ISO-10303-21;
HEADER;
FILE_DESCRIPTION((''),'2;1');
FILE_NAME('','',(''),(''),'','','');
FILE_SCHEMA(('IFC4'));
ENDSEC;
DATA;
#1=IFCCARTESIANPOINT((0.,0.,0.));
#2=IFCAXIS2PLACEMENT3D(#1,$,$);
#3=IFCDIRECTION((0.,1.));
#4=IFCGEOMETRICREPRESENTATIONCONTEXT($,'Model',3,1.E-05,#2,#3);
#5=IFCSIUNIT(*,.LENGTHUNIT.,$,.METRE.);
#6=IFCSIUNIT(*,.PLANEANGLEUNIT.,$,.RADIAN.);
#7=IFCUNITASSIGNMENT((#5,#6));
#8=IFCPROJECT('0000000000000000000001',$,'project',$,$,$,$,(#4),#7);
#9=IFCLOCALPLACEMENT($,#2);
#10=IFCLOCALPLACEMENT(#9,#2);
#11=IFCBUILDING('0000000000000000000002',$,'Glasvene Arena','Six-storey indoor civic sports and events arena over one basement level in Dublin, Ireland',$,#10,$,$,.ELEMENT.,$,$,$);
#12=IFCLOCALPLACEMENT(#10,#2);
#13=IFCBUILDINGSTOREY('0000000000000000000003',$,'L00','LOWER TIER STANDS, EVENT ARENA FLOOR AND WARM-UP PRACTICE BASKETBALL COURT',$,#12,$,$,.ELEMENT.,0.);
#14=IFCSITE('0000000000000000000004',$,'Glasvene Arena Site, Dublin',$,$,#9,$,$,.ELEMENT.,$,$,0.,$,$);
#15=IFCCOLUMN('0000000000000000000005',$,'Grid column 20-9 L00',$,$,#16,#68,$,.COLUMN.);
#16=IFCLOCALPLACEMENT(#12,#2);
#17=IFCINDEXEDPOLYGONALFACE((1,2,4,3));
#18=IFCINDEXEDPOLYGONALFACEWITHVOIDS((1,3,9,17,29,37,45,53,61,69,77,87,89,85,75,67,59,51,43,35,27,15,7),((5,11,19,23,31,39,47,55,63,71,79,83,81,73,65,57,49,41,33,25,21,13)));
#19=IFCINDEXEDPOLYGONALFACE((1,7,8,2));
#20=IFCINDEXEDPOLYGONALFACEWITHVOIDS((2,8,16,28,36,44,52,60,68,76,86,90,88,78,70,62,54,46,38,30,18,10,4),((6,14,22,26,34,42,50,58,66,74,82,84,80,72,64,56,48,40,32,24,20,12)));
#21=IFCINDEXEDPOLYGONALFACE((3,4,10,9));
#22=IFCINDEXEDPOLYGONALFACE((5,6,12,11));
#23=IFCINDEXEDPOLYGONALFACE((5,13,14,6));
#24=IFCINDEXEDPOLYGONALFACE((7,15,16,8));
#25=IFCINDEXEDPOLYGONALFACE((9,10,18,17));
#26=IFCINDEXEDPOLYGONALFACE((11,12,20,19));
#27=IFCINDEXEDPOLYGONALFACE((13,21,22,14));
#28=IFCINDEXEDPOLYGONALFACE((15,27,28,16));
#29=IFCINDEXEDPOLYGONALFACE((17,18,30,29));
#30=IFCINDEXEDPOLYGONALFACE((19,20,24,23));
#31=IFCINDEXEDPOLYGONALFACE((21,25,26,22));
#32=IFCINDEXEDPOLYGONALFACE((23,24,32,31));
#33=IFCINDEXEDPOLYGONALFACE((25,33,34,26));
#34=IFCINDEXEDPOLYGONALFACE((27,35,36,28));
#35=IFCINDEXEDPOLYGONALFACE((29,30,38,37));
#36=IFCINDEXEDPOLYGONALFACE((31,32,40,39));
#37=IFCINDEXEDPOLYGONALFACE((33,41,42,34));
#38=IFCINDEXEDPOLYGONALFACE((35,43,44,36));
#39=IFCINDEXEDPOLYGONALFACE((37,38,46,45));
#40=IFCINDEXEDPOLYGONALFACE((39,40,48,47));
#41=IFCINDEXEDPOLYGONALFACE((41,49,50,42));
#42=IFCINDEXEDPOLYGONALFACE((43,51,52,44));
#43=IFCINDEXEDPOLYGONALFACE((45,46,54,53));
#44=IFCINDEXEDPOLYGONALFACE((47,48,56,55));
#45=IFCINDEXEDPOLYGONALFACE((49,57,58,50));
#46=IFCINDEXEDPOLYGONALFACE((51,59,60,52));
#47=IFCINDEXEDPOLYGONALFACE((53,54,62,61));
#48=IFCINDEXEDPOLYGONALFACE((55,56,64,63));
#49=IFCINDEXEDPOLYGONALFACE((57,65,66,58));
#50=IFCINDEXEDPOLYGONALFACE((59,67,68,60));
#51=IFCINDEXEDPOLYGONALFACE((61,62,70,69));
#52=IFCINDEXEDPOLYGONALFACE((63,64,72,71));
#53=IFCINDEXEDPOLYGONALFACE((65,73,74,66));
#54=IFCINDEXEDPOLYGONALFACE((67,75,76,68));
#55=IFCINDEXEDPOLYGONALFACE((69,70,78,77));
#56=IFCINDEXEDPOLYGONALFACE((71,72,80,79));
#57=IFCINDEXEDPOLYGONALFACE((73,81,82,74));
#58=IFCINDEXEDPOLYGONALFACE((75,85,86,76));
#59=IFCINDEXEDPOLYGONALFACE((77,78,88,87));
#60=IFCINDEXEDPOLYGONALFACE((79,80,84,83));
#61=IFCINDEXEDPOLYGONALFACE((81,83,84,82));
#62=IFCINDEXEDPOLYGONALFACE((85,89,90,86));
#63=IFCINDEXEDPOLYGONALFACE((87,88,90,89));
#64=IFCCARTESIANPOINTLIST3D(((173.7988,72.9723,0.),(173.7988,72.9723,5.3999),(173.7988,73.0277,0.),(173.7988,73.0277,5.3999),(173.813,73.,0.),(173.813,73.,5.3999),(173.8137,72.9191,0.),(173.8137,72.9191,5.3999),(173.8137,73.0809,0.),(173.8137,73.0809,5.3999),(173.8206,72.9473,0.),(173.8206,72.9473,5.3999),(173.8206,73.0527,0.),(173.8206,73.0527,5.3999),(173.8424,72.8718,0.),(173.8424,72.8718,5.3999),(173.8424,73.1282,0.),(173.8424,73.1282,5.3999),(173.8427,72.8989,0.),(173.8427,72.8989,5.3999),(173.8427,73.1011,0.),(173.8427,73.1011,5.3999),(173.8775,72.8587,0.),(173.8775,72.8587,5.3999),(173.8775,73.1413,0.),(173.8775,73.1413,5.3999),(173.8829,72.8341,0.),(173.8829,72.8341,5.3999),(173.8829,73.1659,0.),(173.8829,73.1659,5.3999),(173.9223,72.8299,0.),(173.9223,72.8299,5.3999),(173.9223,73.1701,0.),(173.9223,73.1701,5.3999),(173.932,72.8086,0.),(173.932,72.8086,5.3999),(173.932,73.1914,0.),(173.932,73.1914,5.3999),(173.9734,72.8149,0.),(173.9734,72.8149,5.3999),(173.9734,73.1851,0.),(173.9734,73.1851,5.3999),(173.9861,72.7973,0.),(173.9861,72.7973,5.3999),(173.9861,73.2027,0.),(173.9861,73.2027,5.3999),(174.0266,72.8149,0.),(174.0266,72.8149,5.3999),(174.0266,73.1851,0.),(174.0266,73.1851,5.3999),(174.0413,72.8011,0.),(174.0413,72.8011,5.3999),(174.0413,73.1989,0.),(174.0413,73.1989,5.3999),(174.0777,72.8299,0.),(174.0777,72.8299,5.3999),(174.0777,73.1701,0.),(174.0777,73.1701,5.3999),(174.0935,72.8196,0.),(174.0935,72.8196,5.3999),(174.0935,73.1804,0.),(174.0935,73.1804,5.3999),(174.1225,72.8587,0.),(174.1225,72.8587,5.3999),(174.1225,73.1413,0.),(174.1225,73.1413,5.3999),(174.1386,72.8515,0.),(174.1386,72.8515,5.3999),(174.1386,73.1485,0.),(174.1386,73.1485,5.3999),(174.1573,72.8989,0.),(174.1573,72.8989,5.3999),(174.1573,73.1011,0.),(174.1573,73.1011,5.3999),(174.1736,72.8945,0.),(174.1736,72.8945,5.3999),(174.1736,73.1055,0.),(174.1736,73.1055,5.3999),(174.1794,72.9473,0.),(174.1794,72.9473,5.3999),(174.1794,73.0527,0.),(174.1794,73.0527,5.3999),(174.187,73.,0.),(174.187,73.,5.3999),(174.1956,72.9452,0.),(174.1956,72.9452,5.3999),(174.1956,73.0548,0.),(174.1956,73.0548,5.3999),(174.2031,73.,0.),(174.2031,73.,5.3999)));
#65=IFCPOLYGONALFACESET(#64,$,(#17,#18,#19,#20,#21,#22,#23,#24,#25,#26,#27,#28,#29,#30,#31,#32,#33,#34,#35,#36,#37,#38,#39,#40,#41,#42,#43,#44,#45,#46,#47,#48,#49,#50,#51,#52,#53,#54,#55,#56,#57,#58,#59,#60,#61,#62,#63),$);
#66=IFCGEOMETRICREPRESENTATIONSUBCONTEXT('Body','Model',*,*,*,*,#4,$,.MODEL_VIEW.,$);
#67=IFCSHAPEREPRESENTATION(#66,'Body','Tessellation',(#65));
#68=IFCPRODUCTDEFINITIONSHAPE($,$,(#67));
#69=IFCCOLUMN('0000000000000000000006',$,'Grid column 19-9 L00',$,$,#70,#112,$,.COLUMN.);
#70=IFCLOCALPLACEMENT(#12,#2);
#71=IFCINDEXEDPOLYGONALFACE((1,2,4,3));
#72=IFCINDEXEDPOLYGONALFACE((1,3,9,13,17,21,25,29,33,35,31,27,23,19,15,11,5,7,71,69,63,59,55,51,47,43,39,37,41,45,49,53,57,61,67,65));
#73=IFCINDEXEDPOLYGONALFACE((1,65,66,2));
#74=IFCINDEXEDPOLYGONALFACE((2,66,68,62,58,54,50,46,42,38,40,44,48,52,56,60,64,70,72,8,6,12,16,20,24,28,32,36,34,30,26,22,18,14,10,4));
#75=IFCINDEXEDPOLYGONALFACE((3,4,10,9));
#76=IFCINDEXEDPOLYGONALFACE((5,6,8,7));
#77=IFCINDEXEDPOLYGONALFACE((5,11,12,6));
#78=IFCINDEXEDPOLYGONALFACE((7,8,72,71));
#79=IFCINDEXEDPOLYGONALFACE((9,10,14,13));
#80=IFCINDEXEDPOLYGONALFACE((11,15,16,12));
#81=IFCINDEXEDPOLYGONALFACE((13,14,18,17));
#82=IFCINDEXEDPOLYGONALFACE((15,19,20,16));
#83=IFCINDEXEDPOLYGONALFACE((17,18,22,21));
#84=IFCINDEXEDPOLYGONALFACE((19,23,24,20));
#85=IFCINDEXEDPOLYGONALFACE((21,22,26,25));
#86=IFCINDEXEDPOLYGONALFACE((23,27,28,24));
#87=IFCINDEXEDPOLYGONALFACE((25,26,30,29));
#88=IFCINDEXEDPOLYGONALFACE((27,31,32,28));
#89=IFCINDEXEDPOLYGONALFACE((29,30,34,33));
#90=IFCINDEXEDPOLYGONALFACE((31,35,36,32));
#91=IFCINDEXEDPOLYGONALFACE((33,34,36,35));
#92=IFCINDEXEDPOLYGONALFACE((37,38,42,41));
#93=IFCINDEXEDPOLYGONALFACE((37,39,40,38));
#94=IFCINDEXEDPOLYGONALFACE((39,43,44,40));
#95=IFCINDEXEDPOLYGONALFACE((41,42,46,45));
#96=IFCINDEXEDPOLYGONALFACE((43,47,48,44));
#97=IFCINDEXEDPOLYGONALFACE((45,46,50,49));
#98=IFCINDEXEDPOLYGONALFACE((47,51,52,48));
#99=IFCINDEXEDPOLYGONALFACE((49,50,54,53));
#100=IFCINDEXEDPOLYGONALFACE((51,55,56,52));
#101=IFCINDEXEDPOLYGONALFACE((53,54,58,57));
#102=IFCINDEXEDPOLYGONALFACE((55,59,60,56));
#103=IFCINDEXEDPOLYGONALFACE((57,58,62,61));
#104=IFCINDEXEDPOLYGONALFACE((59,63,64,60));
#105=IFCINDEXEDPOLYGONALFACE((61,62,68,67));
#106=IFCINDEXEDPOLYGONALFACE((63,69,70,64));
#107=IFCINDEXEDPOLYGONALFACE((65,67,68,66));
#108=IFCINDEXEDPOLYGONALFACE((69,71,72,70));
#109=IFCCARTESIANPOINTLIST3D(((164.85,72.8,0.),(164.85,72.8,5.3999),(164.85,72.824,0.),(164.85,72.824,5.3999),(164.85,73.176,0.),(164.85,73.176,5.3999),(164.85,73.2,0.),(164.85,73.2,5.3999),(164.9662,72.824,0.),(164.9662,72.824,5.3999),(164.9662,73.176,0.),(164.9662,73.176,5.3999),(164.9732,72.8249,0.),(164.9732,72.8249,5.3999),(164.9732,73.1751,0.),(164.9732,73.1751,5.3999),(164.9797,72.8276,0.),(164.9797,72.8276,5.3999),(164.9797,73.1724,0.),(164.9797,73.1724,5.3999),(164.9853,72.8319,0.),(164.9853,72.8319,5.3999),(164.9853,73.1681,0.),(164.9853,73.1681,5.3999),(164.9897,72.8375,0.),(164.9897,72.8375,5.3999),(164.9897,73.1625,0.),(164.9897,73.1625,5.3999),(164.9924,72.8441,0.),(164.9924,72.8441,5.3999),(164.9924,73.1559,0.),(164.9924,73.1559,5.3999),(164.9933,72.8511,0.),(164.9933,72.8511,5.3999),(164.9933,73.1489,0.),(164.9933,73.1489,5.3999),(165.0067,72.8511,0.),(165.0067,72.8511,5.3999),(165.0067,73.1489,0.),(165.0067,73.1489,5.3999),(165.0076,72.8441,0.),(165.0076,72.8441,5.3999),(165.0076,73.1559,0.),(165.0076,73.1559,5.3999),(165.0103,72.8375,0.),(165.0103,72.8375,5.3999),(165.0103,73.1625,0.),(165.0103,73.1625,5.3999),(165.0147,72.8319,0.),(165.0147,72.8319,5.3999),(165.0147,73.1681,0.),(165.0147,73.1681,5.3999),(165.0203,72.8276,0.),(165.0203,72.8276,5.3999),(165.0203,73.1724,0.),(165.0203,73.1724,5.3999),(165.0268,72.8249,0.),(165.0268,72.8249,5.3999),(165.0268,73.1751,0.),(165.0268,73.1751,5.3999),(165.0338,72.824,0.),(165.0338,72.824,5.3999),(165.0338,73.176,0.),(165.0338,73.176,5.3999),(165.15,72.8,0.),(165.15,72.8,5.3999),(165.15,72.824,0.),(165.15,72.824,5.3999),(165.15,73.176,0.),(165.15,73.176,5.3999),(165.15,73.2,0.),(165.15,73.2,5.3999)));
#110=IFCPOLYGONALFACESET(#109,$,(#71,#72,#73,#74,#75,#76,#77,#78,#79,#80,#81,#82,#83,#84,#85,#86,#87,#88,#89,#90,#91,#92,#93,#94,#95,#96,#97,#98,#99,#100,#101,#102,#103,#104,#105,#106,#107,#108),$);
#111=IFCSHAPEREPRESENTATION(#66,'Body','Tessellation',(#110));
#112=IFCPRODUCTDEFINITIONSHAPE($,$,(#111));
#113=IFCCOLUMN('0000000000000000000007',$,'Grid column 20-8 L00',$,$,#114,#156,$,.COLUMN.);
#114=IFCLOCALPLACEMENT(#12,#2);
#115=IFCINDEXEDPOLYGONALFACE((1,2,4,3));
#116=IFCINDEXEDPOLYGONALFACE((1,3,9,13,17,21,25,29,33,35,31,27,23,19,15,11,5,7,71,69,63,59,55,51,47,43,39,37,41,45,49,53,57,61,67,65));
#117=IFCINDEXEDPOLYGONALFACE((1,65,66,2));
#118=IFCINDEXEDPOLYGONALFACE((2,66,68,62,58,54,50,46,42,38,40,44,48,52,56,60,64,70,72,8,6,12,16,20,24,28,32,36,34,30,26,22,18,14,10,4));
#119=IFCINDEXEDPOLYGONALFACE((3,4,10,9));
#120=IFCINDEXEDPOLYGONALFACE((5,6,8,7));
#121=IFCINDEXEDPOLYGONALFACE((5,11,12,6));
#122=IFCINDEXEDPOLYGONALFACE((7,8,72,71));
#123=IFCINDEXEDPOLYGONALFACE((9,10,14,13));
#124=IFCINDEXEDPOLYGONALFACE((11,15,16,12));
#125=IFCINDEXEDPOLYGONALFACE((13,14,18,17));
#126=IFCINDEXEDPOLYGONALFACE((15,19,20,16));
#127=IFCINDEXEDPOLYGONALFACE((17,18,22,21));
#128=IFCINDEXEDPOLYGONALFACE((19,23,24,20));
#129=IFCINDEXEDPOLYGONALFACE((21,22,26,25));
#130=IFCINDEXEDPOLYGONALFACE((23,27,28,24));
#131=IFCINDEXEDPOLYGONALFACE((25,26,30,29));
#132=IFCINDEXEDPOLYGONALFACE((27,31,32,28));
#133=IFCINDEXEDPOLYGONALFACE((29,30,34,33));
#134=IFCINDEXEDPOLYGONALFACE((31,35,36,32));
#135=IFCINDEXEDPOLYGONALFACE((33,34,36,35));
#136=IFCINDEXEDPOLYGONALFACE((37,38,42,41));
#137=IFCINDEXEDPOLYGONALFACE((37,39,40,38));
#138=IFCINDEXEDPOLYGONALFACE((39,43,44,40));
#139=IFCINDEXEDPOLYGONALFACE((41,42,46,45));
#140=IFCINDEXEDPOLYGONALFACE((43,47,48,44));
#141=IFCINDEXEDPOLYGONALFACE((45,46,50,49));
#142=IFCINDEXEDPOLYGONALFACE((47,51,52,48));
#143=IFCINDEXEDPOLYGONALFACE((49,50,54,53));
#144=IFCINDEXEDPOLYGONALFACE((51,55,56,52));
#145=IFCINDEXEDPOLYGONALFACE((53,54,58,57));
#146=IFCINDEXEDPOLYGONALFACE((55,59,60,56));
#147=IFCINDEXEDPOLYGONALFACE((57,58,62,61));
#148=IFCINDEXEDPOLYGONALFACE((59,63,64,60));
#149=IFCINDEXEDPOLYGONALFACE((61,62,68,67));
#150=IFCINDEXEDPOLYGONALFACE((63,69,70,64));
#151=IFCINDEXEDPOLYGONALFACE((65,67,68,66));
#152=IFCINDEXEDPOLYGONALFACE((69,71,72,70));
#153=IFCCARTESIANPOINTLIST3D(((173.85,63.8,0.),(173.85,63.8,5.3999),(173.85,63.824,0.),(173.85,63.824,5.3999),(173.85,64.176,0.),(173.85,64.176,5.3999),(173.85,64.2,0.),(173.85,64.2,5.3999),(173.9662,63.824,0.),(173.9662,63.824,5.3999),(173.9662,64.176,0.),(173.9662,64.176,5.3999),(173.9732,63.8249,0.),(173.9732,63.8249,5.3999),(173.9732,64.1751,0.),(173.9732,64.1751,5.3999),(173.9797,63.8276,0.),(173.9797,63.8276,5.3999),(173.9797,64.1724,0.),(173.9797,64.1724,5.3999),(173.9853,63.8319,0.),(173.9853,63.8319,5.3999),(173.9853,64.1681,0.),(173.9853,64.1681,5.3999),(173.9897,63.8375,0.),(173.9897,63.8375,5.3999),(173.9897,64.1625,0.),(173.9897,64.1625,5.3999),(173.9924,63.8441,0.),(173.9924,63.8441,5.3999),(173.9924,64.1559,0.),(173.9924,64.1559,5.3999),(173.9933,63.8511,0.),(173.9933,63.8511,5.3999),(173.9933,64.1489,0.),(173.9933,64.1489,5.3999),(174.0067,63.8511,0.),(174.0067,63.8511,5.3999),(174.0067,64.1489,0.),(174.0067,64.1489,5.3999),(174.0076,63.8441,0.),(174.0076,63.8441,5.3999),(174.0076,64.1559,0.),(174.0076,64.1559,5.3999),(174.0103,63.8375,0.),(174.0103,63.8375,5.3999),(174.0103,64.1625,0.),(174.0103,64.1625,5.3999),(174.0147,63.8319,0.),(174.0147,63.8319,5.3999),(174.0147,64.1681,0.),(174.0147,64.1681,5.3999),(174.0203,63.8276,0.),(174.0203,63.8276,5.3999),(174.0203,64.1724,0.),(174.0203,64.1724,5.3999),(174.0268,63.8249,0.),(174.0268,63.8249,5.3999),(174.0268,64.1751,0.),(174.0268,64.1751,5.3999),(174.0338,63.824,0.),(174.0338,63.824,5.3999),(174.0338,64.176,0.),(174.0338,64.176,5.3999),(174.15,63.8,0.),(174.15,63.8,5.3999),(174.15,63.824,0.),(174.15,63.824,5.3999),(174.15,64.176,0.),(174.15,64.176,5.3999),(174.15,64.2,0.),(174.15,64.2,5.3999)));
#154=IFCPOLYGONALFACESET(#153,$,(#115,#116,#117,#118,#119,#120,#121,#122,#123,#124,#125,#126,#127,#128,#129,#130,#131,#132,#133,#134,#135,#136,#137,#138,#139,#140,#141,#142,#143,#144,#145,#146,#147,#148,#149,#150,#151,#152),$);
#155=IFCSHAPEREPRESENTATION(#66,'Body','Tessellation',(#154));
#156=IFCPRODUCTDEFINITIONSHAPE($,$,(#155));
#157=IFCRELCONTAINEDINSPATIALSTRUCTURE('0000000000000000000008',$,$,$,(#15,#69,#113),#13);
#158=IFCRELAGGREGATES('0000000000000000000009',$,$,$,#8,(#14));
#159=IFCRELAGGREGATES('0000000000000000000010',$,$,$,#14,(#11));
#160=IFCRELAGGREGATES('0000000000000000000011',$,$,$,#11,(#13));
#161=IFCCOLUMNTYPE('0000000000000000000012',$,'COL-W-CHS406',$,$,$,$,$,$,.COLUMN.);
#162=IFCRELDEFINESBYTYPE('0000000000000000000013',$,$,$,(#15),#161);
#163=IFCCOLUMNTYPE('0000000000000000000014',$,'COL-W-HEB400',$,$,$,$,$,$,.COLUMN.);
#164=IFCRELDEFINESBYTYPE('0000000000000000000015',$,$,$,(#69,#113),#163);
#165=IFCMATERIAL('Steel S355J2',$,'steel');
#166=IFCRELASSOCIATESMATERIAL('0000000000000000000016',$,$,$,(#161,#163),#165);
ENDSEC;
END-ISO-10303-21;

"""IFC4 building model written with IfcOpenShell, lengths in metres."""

from ifc_helpers import new_model, si_unit, direction, frame, origin, origin_2d, place, context, subcontext, project, spatial, hollow_circle, i_section, extrude, material, material_profile, profile_set, type_object, element, save


model = new_model("IFC4")

# Units and contexts
model_context = context("Model", 3, precision=1e-05, world=origin(), true_north=direction((0.0, 1.0)))
body_context = subcontext(model_context, "Body", "Model", "MODEL_VIEW")
ifc_project = project(units=[si_unit("LENGTHUNIT", "METRE"), si_unit("PLANEANGLEUNIT", "RADIAN")], contexts=[model_context])

# Site, building, storey
site_placement = place(None, origin())
site = spatial("IfcSite", under=ifc_project, at=site_placement, Name="Glasvene Arena Site, Dublin", CompositionType="ELEMENT", RefElevation=0.0)
building_placement = place(site_placement, origin())
building = spatial("IfcBuilding", under=site, at=building_placement, Name="Glasvene Arena", Description="Six-storey indoor civic sports and events arena over one basement level in Dublin, Ireland", CompositionType="ELEMENT")
storey_placement = place(building_placement, origin())
storey = spatial("IfcBuildingStorey", under=building, at=storey_placement, Name="L00", Description="LOWER TIER STANDS, EVENT ARENA FLOOR AND WARM-UP PRACTICE BASKETBALL COURT", CompositionType="ELEMENT", Elevation=0.0)

# Columns
ifc_material_1 = material(Name="Steel S355J2", Category="steel")
ifc_material_profile_1 = material_profile(ifc_material_1, hollow_circle(Radius=0.2031, WallThickness=0.0161, at=origin_2d()), Name="CHS 406.4x16.0")
ifc_profile_set_1 = profile_set([ifc_material_profile_1], Name="Steel S355J2")
column_type_1 = type_object("IfcColumnType", Name="COL-W-CHS406", PredefinedType="COLUMN", material=ifc_profile_set_1)
column_placement = place(storey_placement, frame((174.0, 73.0, 0.0), z_axis=(0.0, 0.0, 1.0), x_axis=(1.0, 0.0, 0.0)))
element("IfcColumn", 1, at=column_placement, inside=storey, type_object=column_type_1, Name="Grid column 20-9 L00", PredefinedType="COLUMN", context=body_context, shape_type="SweptSolid", body=[
    extrude(hollow_circle(Radius=0.2031, WallThickness=0.0161, at=origin_2d()), origin(), (0.0, 0.0, 1.0), 5.3999),
])
ifc_material_profile_2 = material_profile(ifc_material_1, i_section(OverallWidth=0.3, OverallDepth=0.3999, WebThickness=0.0134, FlangeThickness=0.0239, FilletRadius=0.0271, at=origin_2d()), Name="HEB 400")
ifc_profile_set_2 = profile_set([ifc_material_profile_2], Name="Steel S355J2")
column_type_2 = type_object("IfcColumnType", Name="COL-W-HEB400", PredefinedType="COLUMN", material=ifc_profile_set_2)
for number, where, z_axis, x_axis, name in (
    (2, (165.0, 73.0, 0.0), (0.0, 0.0, 1.0), (1.0, 0.0, 0.0), "Grid column 19-9 L00"),
    (3, (174.0, 64.0, 0.0), (0.0, 0.0, 1.0), (1.0, 0.0, 0.0), "Grid column 20-8 L00"),
):
    element("IfcColumn", number, at=place(storey_placement, frame(where, z_axis=z_axis, x_axis=x_axis)), inside=storey, type_object=column_type_2, Name=name, PredefinedType="COLUMN", context=body_context, shape_type="SweptSolid", body=[
        extrude(i_section(OverallWidth=0.3, OverallDepth=0.3999, WebThickness=0.0134, FlangeThickness=0.0239, FilletRadius=0.0271, at=origin_2d()), origin(), (0.0, 0.0, 1.0), 5.3999),
    ])

save(model, "model.ifc")
